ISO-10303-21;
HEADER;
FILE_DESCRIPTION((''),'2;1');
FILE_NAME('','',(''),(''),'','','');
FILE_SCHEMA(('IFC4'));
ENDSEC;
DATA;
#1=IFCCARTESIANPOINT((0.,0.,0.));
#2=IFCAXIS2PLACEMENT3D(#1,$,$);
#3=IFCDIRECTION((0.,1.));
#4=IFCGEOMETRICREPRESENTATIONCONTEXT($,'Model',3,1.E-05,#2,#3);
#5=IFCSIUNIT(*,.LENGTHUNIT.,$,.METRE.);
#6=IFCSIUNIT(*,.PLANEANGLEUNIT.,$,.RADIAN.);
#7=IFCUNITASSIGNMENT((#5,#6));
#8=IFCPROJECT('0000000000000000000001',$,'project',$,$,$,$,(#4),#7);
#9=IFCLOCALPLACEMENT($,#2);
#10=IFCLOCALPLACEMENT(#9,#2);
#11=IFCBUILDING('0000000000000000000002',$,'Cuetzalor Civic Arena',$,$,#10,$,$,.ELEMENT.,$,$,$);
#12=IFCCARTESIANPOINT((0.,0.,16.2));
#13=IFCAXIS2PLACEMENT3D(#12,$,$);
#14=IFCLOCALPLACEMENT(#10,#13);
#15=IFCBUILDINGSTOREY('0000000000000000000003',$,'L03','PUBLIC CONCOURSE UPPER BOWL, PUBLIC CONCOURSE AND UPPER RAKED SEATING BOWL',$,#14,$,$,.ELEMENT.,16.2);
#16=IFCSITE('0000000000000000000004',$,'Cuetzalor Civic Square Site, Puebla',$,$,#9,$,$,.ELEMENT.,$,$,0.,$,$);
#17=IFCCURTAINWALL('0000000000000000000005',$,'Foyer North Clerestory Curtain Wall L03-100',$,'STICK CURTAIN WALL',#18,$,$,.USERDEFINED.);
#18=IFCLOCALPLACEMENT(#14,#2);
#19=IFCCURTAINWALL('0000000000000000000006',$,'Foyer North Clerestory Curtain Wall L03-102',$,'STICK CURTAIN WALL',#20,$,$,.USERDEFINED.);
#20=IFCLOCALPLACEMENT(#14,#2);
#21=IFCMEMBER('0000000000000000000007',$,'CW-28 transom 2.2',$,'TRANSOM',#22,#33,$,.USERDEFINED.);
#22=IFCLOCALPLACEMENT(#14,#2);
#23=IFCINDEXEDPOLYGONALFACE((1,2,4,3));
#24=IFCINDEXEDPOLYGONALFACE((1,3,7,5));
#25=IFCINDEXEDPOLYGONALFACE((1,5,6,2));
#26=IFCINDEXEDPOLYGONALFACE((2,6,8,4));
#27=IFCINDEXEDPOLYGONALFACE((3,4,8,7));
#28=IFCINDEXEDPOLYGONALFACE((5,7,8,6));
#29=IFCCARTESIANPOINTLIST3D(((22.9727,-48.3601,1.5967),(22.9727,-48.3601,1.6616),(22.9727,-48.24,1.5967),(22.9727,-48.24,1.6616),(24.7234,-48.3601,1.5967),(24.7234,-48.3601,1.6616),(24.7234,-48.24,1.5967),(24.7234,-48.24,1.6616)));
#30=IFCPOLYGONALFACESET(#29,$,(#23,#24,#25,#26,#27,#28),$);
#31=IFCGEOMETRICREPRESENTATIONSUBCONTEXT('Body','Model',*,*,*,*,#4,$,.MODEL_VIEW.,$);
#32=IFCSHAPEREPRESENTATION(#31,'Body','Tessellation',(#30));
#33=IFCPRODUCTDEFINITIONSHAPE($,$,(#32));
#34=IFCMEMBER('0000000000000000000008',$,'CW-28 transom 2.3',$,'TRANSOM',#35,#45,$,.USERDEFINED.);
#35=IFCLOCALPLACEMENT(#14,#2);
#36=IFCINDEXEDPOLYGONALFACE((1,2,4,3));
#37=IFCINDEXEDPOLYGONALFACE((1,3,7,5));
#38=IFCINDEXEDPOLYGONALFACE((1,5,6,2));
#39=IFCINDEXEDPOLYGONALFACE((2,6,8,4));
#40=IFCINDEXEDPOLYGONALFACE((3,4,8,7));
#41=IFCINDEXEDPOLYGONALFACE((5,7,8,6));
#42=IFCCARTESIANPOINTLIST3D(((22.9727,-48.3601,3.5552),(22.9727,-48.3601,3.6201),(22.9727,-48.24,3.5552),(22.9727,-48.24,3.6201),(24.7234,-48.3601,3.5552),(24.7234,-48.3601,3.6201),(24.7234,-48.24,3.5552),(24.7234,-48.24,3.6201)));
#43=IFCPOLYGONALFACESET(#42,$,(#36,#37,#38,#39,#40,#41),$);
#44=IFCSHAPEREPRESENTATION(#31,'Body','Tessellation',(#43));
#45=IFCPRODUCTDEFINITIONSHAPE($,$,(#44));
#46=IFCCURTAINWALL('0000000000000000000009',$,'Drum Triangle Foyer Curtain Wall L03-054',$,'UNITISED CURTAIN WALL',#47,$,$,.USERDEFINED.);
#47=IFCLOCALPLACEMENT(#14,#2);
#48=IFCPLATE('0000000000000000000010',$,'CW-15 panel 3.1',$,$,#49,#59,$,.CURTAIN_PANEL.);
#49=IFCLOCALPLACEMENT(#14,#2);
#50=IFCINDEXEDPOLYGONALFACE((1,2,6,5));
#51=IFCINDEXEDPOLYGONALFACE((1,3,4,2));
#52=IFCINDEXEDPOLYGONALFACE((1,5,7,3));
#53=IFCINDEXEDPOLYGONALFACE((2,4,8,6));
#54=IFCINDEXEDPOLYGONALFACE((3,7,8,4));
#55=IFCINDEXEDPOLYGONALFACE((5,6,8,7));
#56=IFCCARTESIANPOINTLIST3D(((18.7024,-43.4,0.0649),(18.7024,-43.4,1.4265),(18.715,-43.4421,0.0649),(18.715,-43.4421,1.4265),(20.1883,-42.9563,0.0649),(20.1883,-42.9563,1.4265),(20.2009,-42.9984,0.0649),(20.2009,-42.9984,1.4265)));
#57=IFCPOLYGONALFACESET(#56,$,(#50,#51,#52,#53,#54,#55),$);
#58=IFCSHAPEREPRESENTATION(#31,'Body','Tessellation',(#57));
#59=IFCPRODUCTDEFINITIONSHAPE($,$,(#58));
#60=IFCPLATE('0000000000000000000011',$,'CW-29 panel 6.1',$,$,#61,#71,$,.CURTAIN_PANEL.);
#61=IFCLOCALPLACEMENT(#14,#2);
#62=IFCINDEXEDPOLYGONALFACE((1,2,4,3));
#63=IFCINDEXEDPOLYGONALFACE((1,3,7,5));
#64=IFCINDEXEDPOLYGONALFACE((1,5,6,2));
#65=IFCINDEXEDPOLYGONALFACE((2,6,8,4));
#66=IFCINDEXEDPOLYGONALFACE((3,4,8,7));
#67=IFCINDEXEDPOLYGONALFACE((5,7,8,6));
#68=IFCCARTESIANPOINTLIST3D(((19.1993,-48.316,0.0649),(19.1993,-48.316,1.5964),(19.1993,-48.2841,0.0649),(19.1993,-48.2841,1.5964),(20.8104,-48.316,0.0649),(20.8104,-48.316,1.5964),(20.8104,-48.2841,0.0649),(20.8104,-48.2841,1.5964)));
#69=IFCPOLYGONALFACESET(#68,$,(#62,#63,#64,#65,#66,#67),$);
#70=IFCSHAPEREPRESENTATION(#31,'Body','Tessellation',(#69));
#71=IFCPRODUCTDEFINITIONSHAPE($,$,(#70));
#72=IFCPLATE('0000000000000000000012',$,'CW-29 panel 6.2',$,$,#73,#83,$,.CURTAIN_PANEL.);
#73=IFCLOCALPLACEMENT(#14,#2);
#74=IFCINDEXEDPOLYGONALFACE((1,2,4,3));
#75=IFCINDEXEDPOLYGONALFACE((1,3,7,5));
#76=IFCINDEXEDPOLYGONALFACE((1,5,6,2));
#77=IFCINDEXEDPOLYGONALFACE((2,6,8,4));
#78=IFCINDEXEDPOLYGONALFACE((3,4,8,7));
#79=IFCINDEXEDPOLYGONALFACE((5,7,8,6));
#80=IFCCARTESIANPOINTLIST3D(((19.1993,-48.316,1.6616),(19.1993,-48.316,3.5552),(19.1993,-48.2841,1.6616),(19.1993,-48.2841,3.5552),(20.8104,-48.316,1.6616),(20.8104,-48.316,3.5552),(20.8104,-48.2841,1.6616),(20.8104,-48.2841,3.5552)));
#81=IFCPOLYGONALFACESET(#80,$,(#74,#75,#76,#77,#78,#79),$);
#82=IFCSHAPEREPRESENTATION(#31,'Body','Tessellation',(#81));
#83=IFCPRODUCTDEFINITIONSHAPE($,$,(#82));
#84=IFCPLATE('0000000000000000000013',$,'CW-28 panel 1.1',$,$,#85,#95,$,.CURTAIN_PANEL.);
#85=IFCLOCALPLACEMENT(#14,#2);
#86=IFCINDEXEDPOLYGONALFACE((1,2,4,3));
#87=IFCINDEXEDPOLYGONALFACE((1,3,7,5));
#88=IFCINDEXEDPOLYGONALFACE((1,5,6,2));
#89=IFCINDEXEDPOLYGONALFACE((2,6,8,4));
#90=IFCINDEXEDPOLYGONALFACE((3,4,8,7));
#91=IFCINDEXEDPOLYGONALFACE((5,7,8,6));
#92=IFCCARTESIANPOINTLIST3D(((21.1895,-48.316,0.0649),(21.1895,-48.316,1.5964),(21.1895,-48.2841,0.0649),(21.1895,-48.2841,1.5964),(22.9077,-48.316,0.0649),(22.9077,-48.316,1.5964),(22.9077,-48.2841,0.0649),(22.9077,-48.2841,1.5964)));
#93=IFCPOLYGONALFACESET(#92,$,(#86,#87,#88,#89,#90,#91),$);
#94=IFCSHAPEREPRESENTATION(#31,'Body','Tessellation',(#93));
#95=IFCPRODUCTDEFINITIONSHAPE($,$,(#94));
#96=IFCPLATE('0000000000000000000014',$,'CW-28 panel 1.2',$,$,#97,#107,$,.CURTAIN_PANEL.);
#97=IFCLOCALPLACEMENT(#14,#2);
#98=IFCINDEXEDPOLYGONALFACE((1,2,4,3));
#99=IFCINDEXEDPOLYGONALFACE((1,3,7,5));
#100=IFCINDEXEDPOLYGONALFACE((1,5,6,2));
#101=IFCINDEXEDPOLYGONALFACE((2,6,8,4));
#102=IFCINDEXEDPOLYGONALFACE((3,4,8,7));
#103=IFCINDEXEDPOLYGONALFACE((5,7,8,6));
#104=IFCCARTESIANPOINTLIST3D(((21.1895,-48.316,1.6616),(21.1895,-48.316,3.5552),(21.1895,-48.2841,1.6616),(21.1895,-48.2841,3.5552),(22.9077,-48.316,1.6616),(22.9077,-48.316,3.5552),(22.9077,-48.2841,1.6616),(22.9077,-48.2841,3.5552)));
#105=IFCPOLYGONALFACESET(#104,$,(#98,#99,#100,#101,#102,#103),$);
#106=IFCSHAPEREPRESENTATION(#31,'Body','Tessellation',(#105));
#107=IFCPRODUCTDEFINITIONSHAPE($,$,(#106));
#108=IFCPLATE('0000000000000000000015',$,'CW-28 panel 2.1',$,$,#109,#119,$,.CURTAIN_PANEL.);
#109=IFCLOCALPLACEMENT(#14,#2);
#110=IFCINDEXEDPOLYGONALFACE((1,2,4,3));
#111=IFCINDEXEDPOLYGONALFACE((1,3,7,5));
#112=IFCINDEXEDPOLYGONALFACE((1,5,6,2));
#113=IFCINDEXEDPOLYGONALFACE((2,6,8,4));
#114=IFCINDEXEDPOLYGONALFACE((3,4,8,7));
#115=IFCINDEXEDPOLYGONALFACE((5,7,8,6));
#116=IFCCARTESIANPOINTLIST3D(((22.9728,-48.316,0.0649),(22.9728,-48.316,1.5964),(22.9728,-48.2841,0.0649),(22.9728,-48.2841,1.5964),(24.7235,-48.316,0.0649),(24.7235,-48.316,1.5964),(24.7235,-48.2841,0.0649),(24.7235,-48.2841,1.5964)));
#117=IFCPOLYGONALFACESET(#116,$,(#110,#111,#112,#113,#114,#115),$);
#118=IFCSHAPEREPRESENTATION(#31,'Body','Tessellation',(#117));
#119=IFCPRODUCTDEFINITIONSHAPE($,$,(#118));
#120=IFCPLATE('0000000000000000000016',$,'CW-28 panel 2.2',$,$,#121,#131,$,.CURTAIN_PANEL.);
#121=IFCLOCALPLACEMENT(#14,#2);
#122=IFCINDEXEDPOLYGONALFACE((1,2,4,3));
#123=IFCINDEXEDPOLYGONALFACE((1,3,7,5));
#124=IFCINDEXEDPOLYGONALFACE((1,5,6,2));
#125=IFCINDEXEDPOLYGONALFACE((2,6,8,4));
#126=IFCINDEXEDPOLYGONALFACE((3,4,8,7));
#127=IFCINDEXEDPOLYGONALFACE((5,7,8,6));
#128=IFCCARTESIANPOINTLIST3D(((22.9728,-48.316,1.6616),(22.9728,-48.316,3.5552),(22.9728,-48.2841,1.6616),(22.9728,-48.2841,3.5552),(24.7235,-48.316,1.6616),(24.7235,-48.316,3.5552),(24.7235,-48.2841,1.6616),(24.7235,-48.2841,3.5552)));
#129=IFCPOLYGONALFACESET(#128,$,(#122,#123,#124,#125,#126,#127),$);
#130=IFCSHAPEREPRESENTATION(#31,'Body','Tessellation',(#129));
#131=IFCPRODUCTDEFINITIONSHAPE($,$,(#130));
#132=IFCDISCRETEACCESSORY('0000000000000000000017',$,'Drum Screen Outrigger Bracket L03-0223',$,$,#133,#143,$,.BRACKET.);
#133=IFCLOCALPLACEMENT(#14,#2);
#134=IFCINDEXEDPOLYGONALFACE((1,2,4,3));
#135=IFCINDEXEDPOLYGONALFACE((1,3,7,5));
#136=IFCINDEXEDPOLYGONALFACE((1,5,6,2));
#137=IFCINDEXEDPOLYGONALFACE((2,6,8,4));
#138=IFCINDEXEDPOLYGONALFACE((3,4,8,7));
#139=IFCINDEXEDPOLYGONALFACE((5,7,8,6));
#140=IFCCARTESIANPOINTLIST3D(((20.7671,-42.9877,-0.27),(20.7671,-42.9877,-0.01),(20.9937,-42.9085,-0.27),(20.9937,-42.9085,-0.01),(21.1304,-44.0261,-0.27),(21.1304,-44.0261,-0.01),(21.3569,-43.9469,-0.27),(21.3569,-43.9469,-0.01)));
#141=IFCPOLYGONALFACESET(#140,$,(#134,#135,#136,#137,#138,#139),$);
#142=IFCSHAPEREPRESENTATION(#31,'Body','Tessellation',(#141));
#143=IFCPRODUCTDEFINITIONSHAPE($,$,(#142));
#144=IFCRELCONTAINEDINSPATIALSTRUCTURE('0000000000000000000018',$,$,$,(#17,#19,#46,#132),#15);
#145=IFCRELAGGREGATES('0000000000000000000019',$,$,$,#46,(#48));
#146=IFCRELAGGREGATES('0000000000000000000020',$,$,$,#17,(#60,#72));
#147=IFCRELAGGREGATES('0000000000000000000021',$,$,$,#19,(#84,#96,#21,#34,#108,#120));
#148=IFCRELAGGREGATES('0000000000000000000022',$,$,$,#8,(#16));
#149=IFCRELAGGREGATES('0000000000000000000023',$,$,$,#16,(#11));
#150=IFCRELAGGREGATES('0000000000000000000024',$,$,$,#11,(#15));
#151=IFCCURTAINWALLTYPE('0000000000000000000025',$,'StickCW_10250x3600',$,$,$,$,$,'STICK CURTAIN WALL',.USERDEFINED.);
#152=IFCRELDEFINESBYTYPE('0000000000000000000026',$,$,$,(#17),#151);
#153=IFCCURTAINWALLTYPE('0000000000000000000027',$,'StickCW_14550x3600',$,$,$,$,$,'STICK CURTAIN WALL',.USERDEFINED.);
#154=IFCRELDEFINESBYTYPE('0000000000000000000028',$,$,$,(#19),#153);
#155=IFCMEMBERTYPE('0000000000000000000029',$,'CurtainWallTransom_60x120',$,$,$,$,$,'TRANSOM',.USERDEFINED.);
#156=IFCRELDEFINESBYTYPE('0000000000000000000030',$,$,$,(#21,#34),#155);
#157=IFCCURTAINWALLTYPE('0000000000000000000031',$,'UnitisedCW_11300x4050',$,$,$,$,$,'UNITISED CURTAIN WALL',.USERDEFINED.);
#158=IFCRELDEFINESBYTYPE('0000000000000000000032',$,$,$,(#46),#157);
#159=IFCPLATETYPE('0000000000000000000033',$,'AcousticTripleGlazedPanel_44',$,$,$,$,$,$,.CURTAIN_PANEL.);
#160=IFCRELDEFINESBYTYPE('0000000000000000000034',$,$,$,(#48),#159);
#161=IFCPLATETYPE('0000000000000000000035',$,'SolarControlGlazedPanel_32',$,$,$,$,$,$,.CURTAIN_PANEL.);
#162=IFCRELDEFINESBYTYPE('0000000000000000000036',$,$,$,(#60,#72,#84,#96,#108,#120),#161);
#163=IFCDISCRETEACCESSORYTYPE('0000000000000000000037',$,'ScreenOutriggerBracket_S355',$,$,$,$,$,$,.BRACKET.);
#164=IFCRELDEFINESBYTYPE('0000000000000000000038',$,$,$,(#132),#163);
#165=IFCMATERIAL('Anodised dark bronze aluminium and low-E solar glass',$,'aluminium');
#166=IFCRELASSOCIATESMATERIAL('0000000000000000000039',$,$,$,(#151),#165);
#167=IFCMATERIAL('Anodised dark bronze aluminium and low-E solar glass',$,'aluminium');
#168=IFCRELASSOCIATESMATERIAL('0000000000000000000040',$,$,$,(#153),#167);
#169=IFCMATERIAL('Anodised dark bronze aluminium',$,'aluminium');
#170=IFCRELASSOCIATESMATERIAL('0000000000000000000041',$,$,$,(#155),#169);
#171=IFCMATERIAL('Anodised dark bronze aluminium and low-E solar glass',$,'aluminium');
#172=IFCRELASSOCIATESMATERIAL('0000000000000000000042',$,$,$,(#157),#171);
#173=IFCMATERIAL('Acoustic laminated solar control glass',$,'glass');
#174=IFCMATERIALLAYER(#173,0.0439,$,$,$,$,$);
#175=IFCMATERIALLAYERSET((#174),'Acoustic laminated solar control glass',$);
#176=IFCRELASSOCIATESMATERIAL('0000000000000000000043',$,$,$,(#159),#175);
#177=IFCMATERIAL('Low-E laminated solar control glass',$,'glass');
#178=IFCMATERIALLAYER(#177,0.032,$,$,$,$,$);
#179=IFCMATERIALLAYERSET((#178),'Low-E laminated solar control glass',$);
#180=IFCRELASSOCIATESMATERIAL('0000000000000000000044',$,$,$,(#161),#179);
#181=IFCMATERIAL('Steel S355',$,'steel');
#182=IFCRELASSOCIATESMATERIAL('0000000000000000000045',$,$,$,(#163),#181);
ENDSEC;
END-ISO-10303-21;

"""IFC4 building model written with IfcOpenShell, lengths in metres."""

from ifc_helpers import new_model, si_unit, direction, frame, origin, origin_2d, place, context, subcontext, project, spatial, rectangle, extrude, material, layer, layer_set, material_profile, profile_set, type_object, element, aggregate, save


model = new_model("IFC4")

# Units and contexts
model_context = context("Model", 3, precision=1e-05, world=origin(), true_north=direction((0.0, 1.0)))
body_context = subcontext(model_context, "Body", "Model", "MODEL_VIEW")
ifc_project = project(units=[si_unit("LENGTHUNIT", "METRE"), si_unit("PLANEANGLEUNIT", "RADIAN")], contexts=[model_context])

# Site, building, storey
site_placement = place(None, origin())
site = spatial("IfcSite", under=ifc_project, at=site_placement, Name="Cuetzalor Civic Square Site, Puebla", CompositionType="ELEMENT", RefElevation=0.0)
building_placement = place(site_placement, origin())
building = spatial("IfcBuilding", under=site, at=building_placement, Name="Cuetzalor Civic Arena", CompositionType="ELEMENT")
storey_placement = place(building_placement, frame((0.0, 0.0, 16.2)))
storey = spatial("IfcBuildingStorey", under=building, at=storey_placement, Name="L03", Description="PUBLIC CONCOURSE UPPER BOWL, PUBLIC CONCOURSE AND UPPER RAKED SEATING BOWL", CompositionType="ELEMENT", Elevation=16.2)

# Curtain wall
ifc_material_1 = material(Name="Anodised dark bronze aluminium and low-E solar glass", Category="aluminium")
curtain_wall_type_1 = type_object("IfcCurtainWallType", Name="StickCW_10250x3600", ElementType="STICK CURTAIN WALL", PredefinedType="USERDEFINED", material=ifc_material_1)
curtain_wall_1_placement = place(storey_placement, origin())
curtain_wall_1 = element("IfcCurtainWall", 1, at=curtain_wall_1_placement, inside=storey, type_object=curtain_wall_type_1, Name="Foyer North Clerestory Curtain Wall L03-100", ObjectType="STICK CURTAIN WALL", PredefinedType="USERDEFINED")

# Curtain wall
ifc_material_2 = material(Name="Anodised dark bronze aluminium and low-E solar glass", Category="aluminium")
curtain_wall_type_2 = type_object("IfcCurtainWallType", Name="StickCW_14550x3600", ElementType="STICK CURTAIN WALL", PredefinedType="USERDEFINED", material=ifc_material_2)
curtain_wall_2_placement = place(storey_placement, origin())
curtain_wall_2 = element("IfcCurtainWall", 2, at=curtain_wall_2_placement, inside=storey, type_object=curtain_wall_type_2, Name="Foyer North Clerestory Curtain Wall L03-102", ObjectType="STICK CURTAIN WALL", PredefinedType="USERDEFINED")

# Members
ifc_material_3 = material(Name="Anodised dark bronze aluminium", Category="aluminium")
ifc_material_profile_1 = material_profile(ifc_material_3, rectangle(XDim=0.1201, YDim=0.0649, at=origin_2d()), Name="ALU TRANSOM 65x120")
ifc_profile_set_1 = profile_set([ifc_material_profile_1], Name="Anodised dark bronze aluminium")
member_type_1 = type_object("IfcMemberType", Name="CurtainWallTransom_60x120", ElementType="TRANSOM", PredefinedType="USERDEFINED", material=ifc_profile_set_1)
member_1_placement = place(storey_placement, frame((22.9727, -48.3, 1.6292), z_axis=(1.0, 0.0, 0.0), x_axis=(0.0, 1.0, 0.0)))
member_1 = element("IfcMember", 3, at=member_1_placement, type_object=member_type_1, Name="CW-28 transom 2.2", ObjectType="TRANSOM", PredefinedType="USERDEFINED", context=body_context, shape_type="SweptSolid", body=[
    extrude(rectangle(XDim=0.1201, YDim=0.0649, at=origin_2d()), origin(), (0.0, 0.0, 1.0), 1.7507),
])
member_2_placement = place(storey_placement, frame((22.9727, -48.3, 3.5876), z_axis=(1.0, 0.0, 0.0), x_axis=(0.0, 1.0, 0.0)))
member_2 = element("IfcMember", 4, at=member_2_placement, type_object=member_type_1, Name="CW-28 transom 2.3", ObjectType="TRANSOM", PredefinedType="USERDEFINED", context=body_context, shape_type="SweptSolid", body=[
    extrude(rectangle(XDim=0.1201, YDim=0.0649, at=origin_2d()), origin(), (0.0, 0.0, 1.0), 1.7507),
])

# Curtain wall, plate
ifc_material_4 = material(Name="Anodised dark bronze aluminium and low-E solar glass", Category="aluminium")
curtain_wall_type_3 = type_object("IfcCurtainWallType", Name="UnitisedCW_11300x4050", ElementType="UNITISED CURTAIN WALL", PredefinedType="USERDEFINED", material=ifc_material_4)
curtain_wall_3_placement = place(storey_placement, origin())
curtain_wall_3 = element("IfcCurtainWall", 5, at=curtain_wall_3_placement, inside=storey, type_object=curtain_wall_type_3, Name="Drum Triangle Foyer Curtain Wall L03-054", ObjectType="UNITISED CURTAIN WALL", PredefinedType="USERDEFINED")
ifc_material_5 = material(Name="Acoustic laminated solar control glass", Category="glass")
ifc_layer_1 = layer(ifc_material_5, 0.0439)
ifc_layer_set_1 = layer_set([ifc_layer_1], Name="Acoustic laminated solar control glass")
plate_type_1 = type_object("IfcPlateType", Name="AcousticTripleGlazedPanel_44", PredefinedType="CURTAIN_PANEL", material=ifc_layer_set_1)
plate_1_placement = place(storey_placement, frame((19.4517, -43.1992, 0.0649), z_axis=(0.0, 0.0, 1.0), x_axis=(-0.958194, -0.28612, 0.0)))
plate_1 = element("IfcPlate", 6, at=plate_1_placement, type_object=plate_type_1, Name="CW-15 panel 3.1", PredefinedType="CURTAIN_PANEL", context=body_context, shape_type="SweptSolid", body=[
    extrude(rectangle(XDim=1.5508, YDim=0.0439, at=origin_2d()), origin(), (0.0, 0.0, 1.0), 1.3616),
])
aggregate(curtain_wall_3, [plate_1])

# Plates
ifc_material_6 = material(Name="Low-E laminated solar control glass", Category="glass")
ifc_layer_2 = layer(ifc_material_6, 0.032)
ifc_layer_set_2 = layer_set([ifc_layer_2], Name="Low-E laminated solar control glass")
plate_type_2 = type_object("IfcPlateType", Name="SolarControlGlazedPanel_32", PredefinedType="CURTAIN_PANEL", material=ifc_layer_set_2)
plate_2_placement = place(storey_placement, frame((20.0049, -48.3, 0.0649), z_axis=(0.0, 0.0, 1.0), x_axis=(1.0, 0.0, 0.0)))
plate_2 = element("IfcPlate", 7, at=plate_2_placement, type_object=plate_type_2, Name="CW-29 panel 6.1", PredefinedType="CURTAIN_PANEL", context=body_context, shape_type="SweptSolid", body=[
    extrude(rectangle(XDim=1.6111, YDim=0.032, at=origin_2d()), origin(), (0.0, 0.0, 1.0), 1.5315),
])
plate_3_placement = place(storey_placement, frame((20.0049, -48.3, 1.6616), z_axis=(0.0, 0.0, 1.0), x_axis=(1.0, 0.0, 0.0)))
plate_3 = element("IfcPlate", 8, at=plate_3_placement, type_object=plate_type_2, Name="CW-29 panel 6.2", PredefinedType="CURTAIN_PANEL", context=body_context, shape_type="SweptSolid", body=[
    extrude(rectangle(XDim=1.6111, YDim=0.032, at=origin_2d()), origin(), (0.0, 0.0, 1.0), 1.8936),
])
aggregate(curtain_wall_1, [plate_2, plate_3])
plate_4_placement = place(storey_placement, frame((22.0486, -48.3, 0.0649), z_axis=(0.0, 0.0, 1.0), x_axis=(1.0, 0.0, 0.0)))
plate_4 = element("IfcPlate", 9, at=plate_4_placement, type_object=plate_type_2, Name="CW-28 panel 1.1", PredefinedType="CURTAIN_PANEL", context=body_context, shape_type="SweptSolid", body=[
    extrude(rectangle(XDim=1.7183, YDim=0.032, at=origin_2d()), origin(), (0.0, 0.0, 1.0), 1.5315),
])
plate_5_placement = place(storey_placement, frame((22.0486, -48.3, 1.6616), z_axis=(0.0, 0.0, 1.0), x_axis=(1.0, 0.0, 0.0)))
plate_5 = element("IfcPlate", 10, at=plate_5_placement, type_object=plate_type_2, Name="CW-28 panel 1.2", PredefinedType="CURTAIN_PANEL", context=body_context, shape_type="SweptSolid", body=[
    extrude(rectangle(XDim=1.7183, YDim=0.032, at=origin_2d()), origin(), (0.0, 0.0, 1.0), 1.8936),
])
plate_6_placement = place(storey_placement, frame((23.8481, -48.3, 0.0649), z_axis=(0.0, 0.0, 1.0), x_axis=(1.0, 0.0, 0.0)))
plate_6 = element("IfcPlate", 11, at=plate_6_placement, type_object=plate_type_2, Name="CW-28 panel 2.1", PredefinedType="CURTAIN_PANEL", context=body_context, shape_type="SweptSolid", body=[
    extrude(rectangle(XDim=1.7507, YDim=0.032, at=origin_2d()), origin(), (0.0, 0.0, 1.0), 1.5315),
])
plate_7_placement = place(storey_placement, frame((23.8481, -48.3, 1.6616), z_axis=(0.0, 0.0, 1.0), x_axis=(1.0, 0.0, 0.0)))
plate_7 = element("IfcPlate", 12, at=plate_7_placement, type_object=plate_type_2, Name="CW-28 panel 2.2", PredefinedType="CURTAIN_PANEL", context=body_context, shape_type="SweptSolid", body=[
    extrude(rectangle(XDim=1.7507, YDim=0.032, at=origin_2d()), origin(), (0.0, 0.0, 1.0), 1.8936),
])
aggregate(curtain_wall_2, [plate_4, plate_5, member_1, member_2, plate_6, plate_7])

# Discrete accessory
ifc_material_7 = material(Name="Steel S355", Category="steel")
discrete_accessory_type = type_object("IfcDiscreteAccessoryType", Name="ScreenOutriggerBracket_S355", PredefinedType="BRACKET", material=ifc_material_7)
discrete_accessory_placement = place(storey_placement, frame((21.062, -43.4673, -0.27), z_axis=(0.0, 0.0, 1.0), x_axis=(0.330185, -0.943916, 0.0)))
element("IfcDiscreteAccessory", 13, at=discrete_accessory_placement, inside=storey, type_object=discrete_accessory_type, Name="Drum Screen Outrigger Bracket L03-0223", PredefinedType="BRACKET", context=body_context, shape_type="SweptSolid", body=[
    extrude(rectangle(XDim=1.1001, YDim=0.24, at=origin_2d()), origin(), (0.0, 0.0, 1.0), 0.26),
])

save(model, "model.ifc")
